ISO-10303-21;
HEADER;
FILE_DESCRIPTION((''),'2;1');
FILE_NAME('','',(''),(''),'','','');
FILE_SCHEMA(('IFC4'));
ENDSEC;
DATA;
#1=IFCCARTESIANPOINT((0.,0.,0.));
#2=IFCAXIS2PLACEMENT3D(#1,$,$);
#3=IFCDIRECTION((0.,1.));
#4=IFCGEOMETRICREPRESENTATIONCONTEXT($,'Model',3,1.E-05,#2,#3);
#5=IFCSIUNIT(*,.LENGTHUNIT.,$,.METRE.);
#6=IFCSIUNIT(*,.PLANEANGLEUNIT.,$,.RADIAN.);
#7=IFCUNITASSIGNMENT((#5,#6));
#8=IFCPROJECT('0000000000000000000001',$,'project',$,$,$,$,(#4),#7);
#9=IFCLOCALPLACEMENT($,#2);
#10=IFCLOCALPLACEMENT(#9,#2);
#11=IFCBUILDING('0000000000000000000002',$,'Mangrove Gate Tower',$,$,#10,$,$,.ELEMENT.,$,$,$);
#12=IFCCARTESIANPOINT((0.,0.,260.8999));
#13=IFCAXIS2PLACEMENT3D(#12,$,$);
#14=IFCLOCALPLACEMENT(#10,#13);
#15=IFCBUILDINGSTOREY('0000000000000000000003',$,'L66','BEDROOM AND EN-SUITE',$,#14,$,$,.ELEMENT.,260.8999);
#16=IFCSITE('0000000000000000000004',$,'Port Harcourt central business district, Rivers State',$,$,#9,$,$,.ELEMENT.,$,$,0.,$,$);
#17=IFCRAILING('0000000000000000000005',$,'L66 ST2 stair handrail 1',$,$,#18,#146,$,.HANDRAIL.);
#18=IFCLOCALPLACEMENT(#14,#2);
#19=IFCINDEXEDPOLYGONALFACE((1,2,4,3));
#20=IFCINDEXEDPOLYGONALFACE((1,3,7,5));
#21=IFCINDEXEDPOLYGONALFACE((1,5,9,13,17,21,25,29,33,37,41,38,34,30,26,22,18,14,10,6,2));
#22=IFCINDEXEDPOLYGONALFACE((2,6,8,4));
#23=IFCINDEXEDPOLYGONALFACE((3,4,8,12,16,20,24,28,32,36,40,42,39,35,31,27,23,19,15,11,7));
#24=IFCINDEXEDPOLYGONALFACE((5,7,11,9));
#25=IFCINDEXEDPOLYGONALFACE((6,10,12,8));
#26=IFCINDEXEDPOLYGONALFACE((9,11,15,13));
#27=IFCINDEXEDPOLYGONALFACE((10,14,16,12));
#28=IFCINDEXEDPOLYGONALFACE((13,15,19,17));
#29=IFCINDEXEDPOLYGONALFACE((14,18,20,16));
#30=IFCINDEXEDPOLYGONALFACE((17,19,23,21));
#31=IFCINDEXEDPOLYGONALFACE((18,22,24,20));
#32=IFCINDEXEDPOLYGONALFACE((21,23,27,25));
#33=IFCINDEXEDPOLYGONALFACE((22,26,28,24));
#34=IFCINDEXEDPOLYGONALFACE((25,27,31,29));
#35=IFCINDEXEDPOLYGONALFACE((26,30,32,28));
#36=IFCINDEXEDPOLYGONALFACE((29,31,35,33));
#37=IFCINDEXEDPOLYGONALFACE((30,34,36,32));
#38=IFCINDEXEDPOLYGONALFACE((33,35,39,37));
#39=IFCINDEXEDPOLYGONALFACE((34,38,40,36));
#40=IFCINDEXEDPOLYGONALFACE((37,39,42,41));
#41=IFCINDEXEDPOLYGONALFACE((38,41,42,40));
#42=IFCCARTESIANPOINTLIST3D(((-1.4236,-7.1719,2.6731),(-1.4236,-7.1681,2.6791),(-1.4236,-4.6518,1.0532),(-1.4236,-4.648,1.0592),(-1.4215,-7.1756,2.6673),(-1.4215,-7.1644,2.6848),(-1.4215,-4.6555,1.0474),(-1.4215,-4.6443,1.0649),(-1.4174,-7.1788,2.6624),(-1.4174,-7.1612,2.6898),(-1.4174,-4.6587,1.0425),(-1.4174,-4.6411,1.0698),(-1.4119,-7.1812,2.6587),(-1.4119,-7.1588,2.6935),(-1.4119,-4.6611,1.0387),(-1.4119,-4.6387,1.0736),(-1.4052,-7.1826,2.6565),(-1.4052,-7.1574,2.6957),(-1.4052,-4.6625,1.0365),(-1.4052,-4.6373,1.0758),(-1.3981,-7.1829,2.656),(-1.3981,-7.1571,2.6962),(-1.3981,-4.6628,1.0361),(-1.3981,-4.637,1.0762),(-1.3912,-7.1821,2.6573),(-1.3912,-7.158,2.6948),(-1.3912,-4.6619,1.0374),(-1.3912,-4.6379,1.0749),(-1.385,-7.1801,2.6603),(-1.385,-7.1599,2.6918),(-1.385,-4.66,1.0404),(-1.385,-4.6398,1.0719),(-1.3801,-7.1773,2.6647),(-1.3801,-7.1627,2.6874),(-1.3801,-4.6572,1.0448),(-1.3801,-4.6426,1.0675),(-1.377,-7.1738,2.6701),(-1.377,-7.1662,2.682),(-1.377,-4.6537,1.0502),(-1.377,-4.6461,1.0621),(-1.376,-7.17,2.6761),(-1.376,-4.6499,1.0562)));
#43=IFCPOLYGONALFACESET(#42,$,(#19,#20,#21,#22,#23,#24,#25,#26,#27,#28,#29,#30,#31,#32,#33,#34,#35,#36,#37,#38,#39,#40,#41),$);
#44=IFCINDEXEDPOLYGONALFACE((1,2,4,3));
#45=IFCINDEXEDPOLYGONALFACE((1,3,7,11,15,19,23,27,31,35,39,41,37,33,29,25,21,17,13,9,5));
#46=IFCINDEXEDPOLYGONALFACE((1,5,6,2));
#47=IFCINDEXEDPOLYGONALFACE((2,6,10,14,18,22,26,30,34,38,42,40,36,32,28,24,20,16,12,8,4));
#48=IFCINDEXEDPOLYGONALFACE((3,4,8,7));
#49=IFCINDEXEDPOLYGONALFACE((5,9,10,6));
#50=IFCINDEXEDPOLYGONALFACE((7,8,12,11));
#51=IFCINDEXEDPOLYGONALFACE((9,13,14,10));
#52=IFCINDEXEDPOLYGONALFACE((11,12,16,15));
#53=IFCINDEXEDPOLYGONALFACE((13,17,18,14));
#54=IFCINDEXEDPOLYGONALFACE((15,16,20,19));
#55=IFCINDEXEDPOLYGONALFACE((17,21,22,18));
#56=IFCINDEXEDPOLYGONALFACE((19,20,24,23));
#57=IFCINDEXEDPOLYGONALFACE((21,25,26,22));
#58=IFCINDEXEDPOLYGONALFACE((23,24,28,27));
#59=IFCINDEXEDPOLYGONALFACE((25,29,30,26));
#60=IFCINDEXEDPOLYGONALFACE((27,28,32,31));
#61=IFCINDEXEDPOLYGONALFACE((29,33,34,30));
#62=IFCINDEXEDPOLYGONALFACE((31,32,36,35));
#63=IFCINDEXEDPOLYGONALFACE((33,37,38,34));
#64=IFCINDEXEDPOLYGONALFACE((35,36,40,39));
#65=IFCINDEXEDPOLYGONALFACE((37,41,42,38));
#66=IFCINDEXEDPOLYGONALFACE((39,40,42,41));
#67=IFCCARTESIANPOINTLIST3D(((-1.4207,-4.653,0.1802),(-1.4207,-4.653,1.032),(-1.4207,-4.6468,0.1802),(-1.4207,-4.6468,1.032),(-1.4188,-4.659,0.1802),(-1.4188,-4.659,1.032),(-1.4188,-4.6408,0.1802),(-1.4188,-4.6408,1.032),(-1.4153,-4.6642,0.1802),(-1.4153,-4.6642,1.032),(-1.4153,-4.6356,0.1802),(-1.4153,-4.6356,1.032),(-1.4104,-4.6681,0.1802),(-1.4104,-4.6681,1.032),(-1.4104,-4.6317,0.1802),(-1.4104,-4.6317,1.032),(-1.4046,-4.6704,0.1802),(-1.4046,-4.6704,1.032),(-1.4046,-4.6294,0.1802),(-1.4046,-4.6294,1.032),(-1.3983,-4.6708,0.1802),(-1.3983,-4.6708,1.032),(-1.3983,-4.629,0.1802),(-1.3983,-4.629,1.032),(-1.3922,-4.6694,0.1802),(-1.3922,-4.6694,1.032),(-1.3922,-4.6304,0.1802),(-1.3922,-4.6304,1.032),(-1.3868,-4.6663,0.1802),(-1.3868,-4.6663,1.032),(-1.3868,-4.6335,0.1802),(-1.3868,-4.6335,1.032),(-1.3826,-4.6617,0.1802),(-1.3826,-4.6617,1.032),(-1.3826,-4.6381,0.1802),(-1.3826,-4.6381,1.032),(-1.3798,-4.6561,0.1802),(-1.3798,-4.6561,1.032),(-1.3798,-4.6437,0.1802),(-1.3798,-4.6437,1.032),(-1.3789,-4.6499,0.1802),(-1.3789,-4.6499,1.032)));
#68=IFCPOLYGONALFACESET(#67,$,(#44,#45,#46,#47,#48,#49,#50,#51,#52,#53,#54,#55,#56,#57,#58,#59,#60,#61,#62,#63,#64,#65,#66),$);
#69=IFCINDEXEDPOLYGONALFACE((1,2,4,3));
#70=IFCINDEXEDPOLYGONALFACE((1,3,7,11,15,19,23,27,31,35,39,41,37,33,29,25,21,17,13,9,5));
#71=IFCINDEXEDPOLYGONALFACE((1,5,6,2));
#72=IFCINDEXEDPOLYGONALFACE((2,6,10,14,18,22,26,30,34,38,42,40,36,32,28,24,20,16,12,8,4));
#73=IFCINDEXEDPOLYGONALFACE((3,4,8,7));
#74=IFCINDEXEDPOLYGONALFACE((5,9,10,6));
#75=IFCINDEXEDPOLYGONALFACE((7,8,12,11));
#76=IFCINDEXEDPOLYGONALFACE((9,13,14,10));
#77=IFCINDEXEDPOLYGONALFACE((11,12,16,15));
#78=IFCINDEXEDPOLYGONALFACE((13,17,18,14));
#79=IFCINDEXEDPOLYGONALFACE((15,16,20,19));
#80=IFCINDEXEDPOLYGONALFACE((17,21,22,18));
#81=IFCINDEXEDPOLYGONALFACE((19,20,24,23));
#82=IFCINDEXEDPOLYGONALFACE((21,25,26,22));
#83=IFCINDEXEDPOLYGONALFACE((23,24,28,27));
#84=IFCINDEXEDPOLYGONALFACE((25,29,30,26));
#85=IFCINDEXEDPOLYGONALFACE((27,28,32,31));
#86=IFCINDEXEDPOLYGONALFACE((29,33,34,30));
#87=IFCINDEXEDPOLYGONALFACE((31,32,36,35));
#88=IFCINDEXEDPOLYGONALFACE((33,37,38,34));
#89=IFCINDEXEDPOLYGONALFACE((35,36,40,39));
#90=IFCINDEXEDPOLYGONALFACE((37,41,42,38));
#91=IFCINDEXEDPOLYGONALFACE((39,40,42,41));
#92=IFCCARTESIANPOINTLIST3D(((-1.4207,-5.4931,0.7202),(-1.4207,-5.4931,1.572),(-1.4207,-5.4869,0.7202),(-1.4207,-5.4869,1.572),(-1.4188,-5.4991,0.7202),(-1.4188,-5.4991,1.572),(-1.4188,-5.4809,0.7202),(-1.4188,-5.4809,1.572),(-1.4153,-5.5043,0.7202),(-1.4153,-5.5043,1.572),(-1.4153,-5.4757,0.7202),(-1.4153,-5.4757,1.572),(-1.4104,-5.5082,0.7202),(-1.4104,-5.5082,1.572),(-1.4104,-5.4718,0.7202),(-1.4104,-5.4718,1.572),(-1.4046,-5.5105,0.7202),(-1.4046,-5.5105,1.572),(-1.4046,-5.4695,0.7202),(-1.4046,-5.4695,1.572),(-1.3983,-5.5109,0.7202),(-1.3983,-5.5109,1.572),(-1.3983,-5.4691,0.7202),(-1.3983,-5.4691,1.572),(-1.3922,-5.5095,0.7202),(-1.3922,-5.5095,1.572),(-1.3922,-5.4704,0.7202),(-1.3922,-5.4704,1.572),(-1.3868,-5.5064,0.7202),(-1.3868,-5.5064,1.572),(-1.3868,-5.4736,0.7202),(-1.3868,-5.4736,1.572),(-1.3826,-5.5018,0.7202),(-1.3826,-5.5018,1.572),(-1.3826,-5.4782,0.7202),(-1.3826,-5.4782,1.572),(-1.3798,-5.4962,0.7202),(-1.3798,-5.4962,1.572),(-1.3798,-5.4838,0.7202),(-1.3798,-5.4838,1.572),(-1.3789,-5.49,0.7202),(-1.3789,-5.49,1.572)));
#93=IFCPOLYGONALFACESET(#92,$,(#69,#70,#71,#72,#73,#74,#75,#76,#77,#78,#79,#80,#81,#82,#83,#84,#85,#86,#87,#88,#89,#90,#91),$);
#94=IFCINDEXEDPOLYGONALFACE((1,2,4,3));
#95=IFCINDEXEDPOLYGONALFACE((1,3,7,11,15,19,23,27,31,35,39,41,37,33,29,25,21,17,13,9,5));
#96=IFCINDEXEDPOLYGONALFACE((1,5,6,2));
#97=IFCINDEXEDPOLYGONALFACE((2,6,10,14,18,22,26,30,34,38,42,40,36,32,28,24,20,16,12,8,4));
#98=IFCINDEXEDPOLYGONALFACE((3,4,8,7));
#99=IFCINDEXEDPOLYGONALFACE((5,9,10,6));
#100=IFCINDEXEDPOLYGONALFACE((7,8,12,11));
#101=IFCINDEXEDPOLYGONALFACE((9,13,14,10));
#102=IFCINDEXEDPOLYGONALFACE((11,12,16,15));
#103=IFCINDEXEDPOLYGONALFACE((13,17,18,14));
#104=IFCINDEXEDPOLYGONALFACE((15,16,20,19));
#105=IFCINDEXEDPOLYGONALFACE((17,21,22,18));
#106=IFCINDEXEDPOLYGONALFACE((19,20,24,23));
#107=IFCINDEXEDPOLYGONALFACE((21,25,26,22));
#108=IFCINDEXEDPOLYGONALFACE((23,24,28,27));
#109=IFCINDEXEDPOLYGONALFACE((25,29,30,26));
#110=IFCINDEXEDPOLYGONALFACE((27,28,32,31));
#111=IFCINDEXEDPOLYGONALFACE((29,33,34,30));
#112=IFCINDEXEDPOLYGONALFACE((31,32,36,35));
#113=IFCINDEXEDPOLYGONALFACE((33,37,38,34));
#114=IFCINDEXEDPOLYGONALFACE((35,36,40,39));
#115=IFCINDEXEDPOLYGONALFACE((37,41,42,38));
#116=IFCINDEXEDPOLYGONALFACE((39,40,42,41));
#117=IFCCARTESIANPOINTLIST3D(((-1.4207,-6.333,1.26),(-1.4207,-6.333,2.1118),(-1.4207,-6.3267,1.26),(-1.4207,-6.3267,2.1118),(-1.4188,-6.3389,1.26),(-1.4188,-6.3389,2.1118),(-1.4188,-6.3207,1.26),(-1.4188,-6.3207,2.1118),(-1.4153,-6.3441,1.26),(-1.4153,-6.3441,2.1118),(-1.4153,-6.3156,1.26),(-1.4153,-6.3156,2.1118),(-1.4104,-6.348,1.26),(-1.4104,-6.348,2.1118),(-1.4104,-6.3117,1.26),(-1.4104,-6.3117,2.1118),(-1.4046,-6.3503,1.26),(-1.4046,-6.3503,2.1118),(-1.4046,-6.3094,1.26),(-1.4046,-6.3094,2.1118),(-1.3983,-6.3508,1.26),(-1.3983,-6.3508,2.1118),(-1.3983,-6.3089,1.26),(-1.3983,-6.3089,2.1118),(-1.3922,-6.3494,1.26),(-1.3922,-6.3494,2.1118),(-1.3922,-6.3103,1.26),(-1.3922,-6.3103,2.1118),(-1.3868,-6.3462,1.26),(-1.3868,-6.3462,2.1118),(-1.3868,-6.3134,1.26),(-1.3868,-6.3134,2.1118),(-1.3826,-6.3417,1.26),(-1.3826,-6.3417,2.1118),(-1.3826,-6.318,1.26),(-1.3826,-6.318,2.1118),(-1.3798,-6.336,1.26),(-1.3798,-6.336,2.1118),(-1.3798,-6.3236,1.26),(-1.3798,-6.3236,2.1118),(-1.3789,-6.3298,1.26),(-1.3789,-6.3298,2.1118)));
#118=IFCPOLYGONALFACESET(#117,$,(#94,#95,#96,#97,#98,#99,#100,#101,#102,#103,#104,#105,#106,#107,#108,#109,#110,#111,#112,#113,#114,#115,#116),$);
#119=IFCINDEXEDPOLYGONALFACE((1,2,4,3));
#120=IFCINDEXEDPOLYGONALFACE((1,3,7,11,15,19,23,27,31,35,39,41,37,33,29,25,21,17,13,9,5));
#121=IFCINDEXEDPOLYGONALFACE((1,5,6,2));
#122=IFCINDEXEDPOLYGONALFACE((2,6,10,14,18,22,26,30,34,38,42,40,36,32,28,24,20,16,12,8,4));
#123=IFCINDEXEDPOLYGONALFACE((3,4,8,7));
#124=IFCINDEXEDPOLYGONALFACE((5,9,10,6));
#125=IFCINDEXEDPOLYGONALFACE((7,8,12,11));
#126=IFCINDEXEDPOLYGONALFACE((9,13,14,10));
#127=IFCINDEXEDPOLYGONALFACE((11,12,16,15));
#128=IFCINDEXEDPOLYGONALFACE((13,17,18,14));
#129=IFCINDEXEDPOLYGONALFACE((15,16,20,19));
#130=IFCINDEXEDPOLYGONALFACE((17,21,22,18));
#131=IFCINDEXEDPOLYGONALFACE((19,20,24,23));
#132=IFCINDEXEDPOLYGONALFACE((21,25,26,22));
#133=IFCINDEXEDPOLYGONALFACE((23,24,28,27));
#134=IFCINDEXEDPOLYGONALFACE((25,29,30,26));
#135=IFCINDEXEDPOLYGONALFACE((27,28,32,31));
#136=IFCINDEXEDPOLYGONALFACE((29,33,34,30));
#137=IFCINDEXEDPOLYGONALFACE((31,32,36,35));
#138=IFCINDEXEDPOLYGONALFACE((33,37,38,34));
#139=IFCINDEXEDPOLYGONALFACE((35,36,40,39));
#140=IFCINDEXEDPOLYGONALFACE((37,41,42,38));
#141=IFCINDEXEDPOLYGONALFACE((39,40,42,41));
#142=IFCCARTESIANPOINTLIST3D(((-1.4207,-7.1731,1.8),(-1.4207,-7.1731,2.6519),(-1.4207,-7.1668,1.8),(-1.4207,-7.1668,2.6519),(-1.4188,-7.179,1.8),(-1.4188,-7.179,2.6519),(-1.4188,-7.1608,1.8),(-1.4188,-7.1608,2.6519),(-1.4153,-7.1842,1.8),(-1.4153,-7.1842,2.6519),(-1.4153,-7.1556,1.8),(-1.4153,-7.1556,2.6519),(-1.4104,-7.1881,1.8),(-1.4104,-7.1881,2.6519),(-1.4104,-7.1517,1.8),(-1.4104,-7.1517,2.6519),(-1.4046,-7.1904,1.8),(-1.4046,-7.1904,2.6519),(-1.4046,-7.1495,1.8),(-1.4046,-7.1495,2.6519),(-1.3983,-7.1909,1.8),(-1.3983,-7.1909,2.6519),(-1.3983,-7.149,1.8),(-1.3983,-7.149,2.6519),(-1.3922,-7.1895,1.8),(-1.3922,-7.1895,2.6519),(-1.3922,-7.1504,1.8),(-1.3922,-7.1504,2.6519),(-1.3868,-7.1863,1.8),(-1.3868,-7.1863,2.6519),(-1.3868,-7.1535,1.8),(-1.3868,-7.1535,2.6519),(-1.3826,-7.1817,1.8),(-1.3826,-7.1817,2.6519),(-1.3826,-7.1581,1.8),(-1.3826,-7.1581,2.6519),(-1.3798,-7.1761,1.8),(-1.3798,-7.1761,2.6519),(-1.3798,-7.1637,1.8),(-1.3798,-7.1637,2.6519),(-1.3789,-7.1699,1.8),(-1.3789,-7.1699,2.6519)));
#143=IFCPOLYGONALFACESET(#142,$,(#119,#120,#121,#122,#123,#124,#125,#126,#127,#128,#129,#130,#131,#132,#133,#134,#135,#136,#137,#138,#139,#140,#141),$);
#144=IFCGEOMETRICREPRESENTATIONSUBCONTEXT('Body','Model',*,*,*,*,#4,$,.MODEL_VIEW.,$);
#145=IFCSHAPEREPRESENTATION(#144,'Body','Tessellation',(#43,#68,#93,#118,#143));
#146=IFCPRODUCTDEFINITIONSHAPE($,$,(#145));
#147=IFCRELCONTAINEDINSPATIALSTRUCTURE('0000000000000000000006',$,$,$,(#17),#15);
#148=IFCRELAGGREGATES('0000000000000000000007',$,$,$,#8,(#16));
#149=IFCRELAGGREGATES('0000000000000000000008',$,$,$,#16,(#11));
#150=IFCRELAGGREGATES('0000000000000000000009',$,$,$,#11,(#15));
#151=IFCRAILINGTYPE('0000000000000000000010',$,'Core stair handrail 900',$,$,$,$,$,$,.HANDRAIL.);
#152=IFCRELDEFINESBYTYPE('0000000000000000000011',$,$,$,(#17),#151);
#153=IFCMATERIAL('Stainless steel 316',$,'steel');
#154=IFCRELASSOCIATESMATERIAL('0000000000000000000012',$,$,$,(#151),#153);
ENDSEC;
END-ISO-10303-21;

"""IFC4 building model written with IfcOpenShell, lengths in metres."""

from ifc_helpers import new_model, si_unit, direction, frame, origin, origin_2d, place, context, subcontext, project, spatial, circle, extrude, material, type_object, element, save


model = new_model("IFC4")

# Units and contexts
model_context = context("Model", 3, precision=1e-05, world=origin(), true_north=direction((0.0, 1.0)))
body_context = subcontext(model_context, "Body", "Model", "MODEL_VIEW")
ifc_project = project(units=[si_unit("LENGTHUNIT", "METRE"), si_unit("PLANEANGLEUNIT", "RADIAN")], contexts=[model_context])

# Site, building, storey
site_placement = place(None, origin())
site = spatial("IfcSite", under=ifc_project, at=site_placement, Name="Port Harcourt central business district, Rivers State", CompositionType="ELEMENT", RefElevation=0.0)
building_placement = place(site_placement, origin())
building = spatial("IfcBuilding", under=site, at=building_placement, Name="Mangrove Gate Tower", CompositionType="ELEMENT")
storey_placement = place(building_placement, frame((0.0, 0.0, 260.8999)))
storey = spatial("IfcBuildingStorey", under=building, at=storey_placement, Name="L66", Description="BEDROOM AND EN-SUITE", CompositionType="ELEMENT", Elevation=260.8999)

# Railing
ifc_material_1 = material(Name="Stainless steel 316", Category="steel")
railing_type_1 = type_object("IfcRailingType", Name="Core stair handrail 900", PredefinedType="HANDRAIL", material=ifc_material_1)
railing_1_placement = place(storey_placement, frame((-1.3999, -4.6499, 0.1802)))
element("IfcRailing", 1, at=railing_1_placement, inside=storey, type_object=railing_type_1, Name="L66 ST2 stair handrail 1", PredefinedType="HANDRAIL", context=body_context, shape_type="SweptSolid", body=[
    extrude(circle(Radius=0.0239, at=origin_2d()), frame((0.0, 0.0, 0.876), z_axis=(0.0, -0.8412, 0.540725), x_axis=(1.0, 0.0, 0.0)), (0.0, 0.0, 1.0), 2.9958),
    extrude(circle(Radius=0.021, at=origin_2d()), origin(), (0.0, 0.0, 1.0), 0.8518),
    extrude(circle(Radius=0.021, at=origin_2d()), frame((0.0, -0.8401, 0.54)), (0.0, 0.0, 1.0), 0.8518),
    extrude(circle(Radius=0.021, at=origin_2d()), frame((0.0, -1.6799, 1.0798)), (0.0, 0.0, 1.0), 0.8518),
    extrude(circle(Radius=0.021, at=origin_2d()), frame((0.0, -2.52, 1.6199)), (0.0, 0.0, 1.0), 0.8518),
])

save(model, "model.ifc")
